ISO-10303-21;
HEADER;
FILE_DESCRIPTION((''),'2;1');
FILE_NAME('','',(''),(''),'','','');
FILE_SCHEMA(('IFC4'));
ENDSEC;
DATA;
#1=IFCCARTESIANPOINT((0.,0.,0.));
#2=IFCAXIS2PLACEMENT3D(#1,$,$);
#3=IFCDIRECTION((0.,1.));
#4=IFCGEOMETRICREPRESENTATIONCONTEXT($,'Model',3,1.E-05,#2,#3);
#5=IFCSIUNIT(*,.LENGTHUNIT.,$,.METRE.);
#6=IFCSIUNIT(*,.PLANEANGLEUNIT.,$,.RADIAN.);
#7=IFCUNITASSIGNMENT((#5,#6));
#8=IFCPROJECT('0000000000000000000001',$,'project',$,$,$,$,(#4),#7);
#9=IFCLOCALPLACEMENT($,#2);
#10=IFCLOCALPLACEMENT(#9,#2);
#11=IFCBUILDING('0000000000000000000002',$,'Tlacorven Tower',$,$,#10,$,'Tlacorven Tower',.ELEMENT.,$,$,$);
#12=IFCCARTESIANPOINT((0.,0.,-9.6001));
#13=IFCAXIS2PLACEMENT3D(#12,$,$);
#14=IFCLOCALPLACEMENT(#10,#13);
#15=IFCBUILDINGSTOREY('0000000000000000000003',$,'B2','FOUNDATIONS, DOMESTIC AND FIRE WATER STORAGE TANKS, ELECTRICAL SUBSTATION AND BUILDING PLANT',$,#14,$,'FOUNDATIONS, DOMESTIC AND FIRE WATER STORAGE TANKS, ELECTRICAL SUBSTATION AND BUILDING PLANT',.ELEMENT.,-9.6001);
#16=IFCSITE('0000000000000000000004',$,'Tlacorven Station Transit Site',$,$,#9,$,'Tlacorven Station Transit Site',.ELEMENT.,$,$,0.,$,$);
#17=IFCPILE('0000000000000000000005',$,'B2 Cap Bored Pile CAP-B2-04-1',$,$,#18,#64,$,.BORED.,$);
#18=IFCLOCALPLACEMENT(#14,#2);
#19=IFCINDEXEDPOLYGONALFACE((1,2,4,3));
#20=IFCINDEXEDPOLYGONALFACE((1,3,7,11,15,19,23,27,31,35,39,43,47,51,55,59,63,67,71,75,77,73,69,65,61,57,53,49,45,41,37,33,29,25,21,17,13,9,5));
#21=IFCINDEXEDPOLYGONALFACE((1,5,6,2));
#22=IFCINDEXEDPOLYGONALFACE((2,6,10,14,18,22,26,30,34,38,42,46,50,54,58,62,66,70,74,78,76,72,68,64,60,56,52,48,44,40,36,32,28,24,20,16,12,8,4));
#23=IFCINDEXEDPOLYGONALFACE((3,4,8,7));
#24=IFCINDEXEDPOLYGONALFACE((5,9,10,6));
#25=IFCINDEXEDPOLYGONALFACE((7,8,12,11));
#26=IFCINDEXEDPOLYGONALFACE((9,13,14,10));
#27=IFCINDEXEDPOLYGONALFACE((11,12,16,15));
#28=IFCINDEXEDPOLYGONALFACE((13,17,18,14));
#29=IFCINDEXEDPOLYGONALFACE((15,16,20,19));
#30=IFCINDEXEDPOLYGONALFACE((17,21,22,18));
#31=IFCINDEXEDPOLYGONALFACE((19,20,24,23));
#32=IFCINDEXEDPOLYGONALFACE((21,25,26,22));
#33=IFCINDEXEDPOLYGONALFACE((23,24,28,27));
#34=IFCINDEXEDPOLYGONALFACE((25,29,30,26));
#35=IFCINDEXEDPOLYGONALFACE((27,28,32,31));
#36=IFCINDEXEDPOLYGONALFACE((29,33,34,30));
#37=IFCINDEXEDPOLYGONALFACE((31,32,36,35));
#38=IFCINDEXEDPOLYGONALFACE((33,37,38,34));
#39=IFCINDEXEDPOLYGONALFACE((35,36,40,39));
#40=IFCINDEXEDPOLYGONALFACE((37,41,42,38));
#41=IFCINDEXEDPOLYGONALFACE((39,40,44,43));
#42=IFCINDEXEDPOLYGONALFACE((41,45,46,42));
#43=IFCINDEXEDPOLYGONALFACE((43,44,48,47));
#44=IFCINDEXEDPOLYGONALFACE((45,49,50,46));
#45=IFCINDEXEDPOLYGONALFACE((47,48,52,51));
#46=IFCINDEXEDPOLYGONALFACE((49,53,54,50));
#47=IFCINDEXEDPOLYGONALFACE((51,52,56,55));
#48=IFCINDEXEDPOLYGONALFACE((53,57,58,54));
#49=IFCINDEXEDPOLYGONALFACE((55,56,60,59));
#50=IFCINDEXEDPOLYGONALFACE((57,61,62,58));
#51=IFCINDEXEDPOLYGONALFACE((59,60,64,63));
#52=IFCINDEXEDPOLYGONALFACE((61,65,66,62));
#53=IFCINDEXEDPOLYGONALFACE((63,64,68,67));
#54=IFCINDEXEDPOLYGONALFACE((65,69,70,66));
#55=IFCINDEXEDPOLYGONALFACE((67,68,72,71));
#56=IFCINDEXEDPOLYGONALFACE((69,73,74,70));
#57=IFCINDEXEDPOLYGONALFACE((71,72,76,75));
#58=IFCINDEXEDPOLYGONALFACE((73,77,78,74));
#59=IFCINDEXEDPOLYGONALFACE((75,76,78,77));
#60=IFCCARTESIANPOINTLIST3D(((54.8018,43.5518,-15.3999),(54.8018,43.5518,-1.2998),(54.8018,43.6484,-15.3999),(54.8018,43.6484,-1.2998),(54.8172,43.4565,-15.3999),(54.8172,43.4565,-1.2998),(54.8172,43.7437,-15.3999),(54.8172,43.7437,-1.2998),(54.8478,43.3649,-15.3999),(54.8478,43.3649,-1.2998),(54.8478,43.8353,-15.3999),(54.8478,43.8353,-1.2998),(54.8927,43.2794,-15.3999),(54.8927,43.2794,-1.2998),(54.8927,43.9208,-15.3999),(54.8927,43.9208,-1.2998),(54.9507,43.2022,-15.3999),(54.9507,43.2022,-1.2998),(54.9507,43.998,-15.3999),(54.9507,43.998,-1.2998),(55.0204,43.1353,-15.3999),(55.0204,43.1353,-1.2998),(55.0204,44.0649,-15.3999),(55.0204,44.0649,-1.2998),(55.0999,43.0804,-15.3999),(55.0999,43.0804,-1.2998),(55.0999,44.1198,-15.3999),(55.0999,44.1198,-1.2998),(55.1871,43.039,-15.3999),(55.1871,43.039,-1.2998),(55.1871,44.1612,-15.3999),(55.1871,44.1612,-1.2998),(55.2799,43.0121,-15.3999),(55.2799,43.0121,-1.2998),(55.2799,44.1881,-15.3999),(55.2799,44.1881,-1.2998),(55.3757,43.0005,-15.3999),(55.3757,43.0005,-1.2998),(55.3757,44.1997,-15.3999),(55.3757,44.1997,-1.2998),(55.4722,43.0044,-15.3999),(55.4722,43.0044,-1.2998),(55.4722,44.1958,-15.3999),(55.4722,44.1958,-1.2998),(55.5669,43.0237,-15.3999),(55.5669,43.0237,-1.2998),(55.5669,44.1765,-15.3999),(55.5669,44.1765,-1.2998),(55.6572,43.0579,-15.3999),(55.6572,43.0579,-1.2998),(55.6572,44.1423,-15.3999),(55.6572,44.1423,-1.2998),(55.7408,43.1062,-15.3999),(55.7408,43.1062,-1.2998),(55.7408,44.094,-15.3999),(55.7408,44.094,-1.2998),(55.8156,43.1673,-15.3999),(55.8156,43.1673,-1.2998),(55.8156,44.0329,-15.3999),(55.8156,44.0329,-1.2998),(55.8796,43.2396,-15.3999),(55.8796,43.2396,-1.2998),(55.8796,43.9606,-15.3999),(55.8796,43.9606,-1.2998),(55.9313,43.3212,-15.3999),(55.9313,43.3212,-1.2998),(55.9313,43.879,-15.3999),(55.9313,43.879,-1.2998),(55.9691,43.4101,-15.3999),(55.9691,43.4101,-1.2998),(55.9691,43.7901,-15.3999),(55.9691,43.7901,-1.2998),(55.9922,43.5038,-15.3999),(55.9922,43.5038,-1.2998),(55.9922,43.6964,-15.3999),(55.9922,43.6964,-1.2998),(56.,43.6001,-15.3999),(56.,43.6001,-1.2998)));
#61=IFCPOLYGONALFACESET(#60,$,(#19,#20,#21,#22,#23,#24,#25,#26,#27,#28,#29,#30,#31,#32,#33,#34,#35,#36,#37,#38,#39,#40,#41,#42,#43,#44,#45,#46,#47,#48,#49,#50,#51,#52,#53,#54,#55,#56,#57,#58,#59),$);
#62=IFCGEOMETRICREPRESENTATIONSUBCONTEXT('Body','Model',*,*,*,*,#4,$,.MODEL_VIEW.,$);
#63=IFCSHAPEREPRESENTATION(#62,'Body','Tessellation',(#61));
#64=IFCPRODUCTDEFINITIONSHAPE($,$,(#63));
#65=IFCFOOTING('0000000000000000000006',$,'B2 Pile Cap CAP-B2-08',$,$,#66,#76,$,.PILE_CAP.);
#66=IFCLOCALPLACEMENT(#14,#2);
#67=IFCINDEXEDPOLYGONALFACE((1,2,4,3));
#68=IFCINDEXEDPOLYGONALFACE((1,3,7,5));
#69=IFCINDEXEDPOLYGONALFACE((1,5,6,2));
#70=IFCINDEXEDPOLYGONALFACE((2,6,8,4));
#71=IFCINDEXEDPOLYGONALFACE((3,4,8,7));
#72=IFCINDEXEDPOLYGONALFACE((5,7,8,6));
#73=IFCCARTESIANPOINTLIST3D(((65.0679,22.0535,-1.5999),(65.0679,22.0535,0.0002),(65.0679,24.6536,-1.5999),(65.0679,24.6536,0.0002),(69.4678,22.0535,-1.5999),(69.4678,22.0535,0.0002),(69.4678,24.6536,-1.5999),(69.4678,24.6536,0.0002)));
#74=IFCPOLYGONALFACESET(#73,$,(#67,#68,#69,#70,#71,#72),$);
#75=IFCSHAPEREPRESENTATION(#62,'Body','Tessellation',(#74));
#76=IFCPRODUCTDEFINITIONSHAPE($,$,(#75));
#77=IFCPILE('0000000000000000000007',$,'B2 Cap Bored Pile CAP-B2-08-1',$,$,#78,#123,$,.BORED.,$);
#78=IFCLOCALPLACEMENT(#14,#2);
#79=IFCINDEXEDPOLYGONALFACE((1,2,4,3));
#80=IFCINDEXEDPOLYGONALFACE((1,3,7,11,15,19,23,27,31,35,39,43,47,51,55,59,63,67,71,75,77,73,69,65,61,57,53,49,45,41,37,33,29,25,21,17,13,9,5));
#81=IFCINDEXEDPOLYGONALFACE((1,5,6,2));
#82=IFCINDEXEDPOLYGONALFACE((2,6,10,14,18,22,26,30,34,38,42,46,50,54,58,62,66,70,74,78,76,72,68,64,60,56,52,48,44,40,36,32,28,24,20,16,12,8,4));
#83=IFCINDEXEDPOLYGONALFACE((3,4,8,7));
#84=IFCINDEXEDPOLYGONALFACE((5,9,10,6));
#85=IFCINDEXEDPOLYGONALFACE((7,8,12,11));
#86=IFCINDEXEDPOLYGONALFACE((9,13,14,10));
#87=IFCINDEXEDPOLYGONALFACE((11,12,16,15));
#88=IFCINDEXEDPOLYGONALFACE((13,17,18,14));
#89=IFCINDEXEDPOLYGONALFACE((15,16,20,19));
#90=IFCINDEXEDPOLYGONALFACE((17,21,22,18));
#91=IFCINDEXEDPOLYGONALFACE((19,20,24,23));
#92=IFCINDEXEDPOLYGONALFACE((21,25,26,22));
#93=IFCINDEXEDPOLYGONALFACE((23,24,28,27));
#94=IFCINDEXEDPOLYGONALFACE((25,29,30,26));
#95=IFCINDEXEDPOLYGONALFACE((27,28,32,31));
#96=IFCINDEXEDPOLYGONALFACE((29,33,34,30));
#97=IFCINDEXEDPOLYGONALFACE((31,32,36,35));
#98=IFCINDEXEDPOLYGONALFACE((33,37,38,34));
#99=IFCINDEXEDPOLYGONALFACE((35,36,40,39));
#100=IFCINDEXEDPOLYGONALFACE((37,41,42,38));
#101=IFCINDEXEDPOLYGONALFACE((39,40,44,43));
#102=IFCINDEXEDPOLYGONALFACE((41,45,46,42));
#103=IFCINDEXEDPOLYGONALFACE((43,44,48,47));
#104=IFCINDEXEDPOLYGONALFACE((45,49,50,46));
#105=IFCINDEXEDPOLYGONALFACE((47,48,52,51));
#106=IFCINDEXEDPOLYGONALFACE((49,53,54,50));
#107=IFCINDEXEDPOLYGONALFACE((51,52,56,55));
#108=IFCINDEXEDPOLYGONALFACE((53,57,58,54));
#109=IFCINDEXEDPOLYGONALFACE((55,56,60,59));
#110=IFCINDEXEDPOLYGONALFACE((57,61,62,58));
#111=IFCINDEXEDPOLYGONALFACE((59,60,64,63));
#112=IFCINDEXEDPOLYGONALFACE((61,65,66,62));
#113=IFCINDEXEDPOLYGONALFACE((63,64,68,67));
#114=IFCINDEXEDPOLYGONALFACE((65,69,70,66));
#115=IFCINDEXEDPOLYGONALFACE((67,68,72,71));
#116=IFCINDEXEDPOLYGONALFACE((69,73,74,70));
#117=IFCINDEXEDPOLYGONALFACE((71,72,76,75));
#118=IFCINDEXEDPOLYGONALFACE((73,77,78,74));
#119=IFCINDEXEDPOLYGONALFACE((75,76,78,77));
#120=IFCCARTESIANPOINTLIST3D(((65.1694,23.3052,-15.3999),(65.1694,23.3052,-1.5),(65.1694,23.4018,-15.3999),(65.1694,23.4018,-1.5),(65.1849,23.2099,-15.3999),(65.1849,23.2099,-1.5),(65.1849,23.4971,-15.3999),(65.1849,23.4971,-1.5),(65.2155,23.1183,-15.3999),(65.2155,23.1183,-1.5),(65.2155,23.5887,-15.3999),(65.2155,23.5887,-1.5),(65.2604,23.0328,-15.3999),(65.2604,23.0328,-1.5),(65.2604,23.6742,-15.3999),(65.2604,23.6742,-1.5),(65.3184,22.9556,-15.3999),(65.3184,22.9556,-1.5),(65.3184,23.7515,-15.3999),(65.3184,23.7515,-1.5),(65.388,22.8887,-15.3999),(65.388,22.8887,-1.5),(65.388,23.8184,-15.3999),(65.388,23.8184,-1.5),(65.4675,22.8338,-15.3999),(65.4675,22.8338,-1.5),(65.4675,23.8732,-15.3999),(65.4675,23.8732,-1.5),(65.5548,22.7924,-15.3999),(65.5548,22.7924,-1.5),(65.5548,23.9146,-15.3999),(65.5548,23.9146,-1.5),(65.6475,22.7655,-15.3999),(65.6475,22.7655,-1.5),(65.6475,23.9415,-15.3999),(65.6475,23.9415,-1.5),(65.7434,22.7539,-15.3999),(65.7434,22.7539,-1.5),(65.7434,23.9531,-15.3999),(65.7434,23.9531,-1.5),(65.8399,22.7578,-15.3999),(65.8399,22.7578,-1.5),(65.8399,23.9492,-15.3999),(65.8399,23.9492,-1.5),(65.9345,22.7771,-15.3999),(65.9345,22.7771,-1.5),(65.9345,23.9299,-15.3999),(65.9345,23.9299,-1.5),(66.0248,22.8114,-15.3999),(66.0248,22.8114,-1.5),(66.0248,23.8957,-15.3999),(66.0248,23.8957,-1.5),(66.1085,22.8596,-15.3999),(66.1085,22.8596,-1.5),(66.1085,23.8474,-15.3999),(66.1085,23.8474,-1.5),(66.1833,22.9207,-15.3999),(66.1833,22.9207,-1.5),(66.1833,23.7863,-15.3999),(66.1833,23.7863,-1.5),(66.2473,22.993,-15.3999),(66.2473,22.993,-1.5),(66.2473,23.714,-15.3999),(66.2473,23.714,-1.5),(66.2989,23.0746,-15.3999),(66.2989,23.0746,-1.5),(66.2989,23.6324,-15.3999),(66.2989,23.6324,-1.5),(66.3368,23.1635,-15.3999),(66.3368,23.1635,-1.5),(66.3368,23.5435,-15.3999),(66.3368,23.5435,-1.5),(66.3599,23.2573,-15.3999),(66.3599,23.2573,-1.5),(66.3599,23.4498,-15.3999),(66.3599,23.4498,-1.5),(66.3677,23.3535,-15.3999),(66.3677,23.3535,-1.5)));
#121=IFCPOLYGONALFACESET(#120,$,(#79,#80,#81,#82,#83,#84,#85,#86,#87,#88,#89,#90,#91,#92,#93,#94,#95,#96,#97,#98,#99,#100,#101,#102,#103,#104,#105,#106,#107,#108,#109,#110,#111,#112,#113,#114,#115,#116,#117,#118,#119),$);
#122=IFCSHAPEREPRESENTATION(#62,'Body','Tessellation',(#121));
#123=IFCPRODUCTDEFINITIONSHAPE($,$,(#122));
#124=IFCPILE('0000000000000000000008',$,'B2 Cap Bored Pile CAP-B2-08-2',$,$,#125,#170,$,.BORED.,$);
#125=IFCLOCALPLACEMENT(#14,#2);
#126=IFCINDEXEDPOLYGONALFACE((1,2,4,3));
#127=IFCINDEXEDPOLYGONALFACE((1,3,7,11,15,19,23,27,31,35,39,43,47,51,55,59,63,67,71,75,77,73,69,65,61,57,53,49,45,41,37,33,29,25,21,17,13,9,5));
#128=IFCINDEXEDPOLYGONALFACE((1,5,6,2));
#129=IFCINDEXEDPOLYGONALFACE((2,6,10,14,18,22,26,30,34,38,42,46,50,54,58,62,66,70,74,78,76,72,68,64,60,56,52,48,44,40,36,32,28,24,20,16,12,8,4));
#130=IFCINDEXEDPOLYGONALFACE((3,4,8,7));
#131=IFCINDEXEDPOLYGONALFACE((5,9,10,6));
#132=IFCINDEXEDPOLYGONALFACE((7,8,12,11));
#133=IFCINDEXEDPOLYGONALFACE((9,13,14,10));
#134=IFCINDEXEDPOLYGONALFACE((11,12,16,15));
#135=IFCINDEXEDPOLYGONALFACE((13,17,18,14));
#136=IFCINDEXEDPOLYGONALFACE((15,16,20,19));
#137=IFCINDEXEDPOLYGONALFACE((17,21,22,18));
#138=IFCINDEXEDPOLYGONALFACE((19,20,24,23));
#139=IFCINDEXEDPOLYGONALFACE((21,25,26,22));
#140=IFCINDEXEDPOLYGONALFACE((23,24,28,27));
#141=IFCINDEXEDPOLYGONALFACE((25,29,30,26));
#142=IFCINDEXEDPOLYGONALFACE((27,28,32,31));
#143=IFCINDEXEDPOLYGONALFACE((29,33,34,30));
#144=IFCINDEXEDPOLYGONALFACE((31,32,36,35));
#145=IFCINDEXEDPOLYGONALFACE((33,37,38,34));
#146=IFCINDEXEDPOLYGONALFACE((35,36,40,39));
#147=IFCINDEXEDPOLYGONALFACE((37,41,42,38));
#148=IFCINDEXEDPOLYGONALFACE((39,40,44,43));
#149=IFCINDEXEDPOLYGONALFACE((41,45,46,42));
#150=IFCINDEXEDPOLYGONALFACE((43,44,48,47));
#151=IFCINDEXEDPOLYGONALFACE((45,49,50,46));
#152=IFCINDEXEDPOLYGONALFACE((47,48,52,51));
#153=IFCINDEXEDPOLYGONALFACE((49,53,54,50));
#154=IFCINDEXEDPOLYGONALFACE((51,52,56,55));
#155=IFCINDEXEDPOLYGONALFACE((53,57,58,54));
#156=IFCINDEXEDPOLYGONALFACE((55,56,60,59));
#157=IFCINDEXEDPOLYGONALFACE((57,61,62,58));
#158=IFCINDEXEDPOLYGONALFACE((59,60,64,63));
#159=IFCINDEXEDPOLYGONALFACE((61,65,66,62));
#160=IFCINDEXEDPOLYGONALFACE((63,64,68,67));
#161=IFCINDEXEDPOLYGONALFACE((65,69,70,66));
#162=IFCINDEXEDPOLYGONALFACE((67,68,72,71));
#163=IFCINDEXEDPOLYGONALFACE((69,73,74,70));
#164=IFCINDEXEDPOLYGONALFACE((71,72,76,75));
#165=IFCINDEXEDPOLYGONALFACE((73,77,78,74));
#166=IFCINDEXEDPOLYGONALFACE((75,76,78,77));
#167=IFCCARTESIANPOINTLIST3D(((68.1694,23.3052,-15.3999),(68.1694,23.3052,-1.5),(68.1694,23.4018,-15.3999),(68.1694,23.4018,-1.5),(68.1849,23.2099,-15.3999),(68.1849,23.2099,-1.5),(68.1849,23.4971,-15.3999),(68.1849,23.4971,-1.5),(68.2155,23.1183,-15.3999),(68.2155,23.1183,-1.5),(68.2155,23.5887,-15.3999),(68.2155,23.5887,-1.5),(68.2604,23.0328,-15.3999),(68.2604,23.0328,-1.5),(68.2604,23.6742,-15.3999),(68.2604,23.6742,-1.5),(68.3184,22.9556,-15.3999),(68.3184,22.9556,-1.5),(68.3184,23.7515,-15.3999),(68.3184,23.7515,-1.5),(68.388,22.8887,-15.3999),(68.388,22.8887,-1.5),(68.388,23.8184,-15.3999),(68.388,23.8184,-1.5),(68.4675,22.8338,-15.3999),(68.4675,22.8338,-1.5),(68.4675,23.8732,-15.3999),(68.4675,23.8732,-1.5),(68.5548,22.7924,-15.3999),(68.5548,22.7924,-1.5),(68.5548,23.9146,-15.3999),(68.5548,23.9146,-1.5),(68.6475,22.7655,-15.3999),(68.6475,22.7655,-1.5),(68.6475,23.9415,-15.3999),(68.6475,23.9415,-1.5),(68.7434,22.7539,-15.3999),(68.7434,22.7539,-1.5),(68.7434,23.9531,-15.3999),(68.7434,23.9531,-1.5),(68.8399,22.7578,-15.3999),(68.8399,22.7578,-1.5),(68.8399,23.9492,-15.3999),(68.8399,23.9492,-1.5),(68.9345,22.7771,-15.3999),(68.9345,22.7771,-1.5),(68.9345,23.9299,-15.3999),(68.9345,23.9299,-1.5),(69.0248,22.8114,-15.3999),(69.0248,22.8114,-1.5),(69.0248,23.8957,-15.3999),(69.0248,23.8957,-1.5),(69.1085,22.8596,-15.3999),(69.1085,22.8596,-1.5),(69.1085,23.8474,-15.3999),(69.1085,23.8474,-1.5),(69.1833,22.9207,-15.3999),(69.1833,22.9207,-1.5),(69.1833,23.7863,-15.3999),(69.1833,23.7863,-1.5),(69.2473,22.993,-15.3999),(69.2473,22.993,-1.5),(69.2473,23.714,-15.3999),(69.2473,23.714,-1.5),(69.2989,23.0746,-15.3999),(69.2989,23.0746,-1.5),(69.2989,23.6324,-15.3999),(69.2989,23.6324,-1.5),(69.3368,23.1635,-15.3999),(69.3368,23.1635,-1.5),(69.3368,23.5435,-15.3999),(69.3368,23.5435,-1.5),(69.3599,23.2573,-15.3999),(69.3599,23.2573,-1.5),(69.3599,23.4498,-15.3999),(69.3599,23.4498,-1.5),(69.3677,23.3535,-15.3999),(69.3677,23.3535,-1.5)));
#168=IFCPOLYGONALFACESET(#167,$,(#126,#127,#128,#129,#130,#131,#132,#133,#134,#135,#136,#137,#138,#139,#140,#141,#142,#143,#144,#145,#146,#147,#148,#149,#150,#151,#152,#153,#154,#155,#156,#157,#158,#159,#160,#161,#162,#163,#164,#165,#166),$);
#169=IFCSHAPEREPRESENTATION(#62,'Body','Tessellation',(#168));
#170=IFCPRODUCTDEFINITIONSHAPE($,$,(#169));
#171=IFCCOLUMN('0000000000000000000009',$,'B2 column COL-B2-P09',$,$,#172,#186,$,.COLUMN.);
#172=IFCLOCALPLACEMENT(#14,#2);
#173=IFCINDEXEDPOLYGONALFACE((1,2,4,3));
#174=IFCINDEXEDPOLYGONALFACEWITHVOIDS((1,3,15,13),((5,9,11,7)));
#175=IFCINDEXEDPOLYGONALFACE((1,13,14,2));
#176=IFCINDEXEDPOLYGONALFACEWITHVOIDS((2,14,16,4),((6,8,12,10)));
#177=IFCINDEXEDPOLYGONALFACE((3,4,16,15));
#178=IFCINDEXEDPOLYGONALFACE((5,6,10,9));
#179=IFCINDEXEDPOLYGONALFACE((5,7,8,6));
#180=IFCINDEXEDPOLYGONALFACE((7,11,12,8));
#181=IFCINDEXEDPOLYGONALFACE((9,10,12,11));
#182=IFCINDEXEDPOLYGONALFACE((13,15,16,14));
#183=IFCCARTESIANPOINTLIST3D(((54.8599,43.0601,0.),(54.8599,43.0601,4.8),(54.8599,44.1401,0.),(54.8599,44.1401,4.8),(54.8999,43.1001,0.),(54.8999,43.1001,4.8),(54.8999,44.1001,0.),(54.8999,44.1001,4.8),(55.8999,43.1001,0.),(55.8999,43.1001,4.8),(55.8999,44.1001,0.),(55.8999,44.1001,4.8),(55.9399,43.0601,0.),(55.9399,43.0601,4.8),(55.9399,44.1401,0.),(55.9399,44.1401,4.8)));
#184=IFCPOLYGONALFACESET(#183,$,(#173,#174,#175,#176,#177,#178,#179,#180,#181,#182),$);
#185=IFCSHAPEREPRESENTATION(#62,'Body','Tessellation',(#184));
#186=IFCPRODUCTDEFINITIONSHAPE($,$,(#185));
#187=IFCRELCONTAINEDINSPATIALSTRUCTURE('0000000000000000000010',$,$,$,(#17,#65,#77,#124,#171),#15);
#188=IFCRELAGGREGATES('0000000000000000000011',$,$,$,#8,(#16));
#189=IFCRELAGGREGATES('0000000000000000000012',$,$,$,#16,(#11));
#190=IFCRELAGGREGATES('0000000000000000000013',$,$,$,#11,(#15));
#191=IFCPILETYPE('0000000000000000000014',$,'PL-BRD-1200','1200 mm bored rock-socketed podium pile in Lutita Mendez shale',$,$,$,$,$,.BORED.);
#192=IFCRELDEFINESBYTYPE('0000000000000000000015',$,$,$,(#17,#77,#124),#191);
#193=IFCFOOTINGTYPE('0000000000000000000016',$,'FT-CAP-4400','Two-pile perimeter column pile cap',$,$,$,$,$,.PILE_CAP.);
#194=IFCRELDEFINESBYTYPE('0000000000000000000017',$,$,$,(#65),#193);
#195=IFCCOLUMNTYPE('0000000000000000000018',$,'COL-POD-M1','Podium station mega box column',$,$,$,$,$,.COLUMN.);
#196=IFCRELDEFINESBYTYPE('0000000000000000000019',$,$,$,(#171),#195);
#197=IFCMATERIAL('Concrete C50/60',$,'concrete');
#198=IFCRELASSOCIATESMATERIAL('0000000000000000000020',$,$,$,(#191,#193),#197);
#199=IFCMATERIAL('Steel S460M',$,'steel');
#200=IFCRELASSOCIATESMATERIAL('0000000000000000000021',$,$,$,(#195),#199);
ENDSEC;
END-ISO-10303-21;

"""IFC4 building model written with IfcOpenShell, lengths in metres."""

from ifc_helpers import new_model, si_unit, direction, frame, origin, origin_2d, place, context, subcontext, project, spatial, rectangle, hollow_rectangle, circle, extrude, source, transform, mapped, material, material_profile, profile_set, type_object, element, save


model = new_model("IFC4")

# Units and contexts
model_context = context("Model", 3, precision=1e-05, world=origin(), true_north=direction((0.0, 1.0)))
body_context = subcontext(model_context, "Body", "Model", "MODEL_VIEW")
ifc_project = project(units=[si_unit("LENGTHUNIT", "METRE"), si_unit("PLANEANGLEUNIT", "RADIAN")], contexts=[model_context])

# Site, building, storey
site_placement = place(None, origin())
site = spatial("IfcSite", under=ifc_project, at=site_placement, Name="Tlacorven Station Transit Site", LongName="Tlacorven Station Transit Site", CompositionType="ELEMENT", RefElevation=0.0)
building_placement = place(site_placement, origin())
building = spatial("IfcBuilding", under=site, at=building_placement, Name="Tlacorven Tower", LongName="Tlacorven Tower", CompositionType="ELEMENT")
storey_placement = place(building_placement, frame((0.0, 0.0, -9.6001)))
storey = spatial("IfcBuildingStorey", under=building, at=storey_placement, Name="B2", Description="FOUNDATIONS, DOMESTIC AND FIRE WATER STORAGE TANKS, ELECTRICAL SUBSTATION AND BUILDING PLANT", LongName="FOUNDATIONS, DOMESTIC AND FIRE WATER STORAGE TANKS, ELECTRICAL SUBSTATION AND BUILDING PLANT", CompositionType="ELEMENT", Elevation=-9.6001)

# Shared definitions
ifc_material_1 = material(Name="Concrete C50/60", Category="concrete")

# Shared definitions
ifc_material_profile_1 = material_profile(ifc_material_1, circle(Radius=0.6001, at=origin_2d()), Name="BORED PILE D1200")
ifc_profile_set_1 = profile_set([ifc_material_profile_1], Name="Concrete C50/60")
pile_type_1 = type_object("IfcPileType", Name="PL-BRD-1200", Description="1200 mm bored rock-socketed podium pile in Lutita Mendez shale", PredefinedType="BORED", material=ifc_profile_set_1)

# Pile
shared_shape_1 = source(origin(), body_context, "Body", "SweptSolid", [
    extrude(circle(Radius=0.6001, at=origin_2d()), origin(), (0.0, 0.0, 1.0), 14.1001),
])
pile_placement = place(storey_placement, frame((55.3999, 43.6001, -1.2998), z_axis=(0.0, 0.0, -1.0), x_axis=(1.0, 0.0, 0.0)))
element("IfcPile", 1, at=pile_placement, inside=storey, type_object=pile_type_1, Name="B2 Cap Bored Pile CAP-B2-04-1", PredefinedType="BORED", context=body_context, shape_type="MappedRepresentation", body=[
    mapped(shared_shape_1, transform((0.0, 0.0, 0.0), scale=1.0)),
])

# Footing
footing_type_1 = type_object("IfcFootingType", Name="FT-CAP-4400", Description="Two-pile perimeter column pile cap", PredefinedType="PILE_CAP", material=ifc_material_1)
shared_shape_2 = source(origin(), body_context, "Body", "SweptSolid", [
    extrude(rectangle(XDim=4.3999, YDim=2.6001, at=origin_2d()), origin(), (0.0, 0.0, 1.0), 1.6001),
])
footing_1_placement = place(storey_placement, frame((67.2678, 23.3535, -1.5999), z_axis=(0.0, 0.0, 1.0), x_axis=(1.0, 0.0, 0.0)))
element("IfcFooting", 2, at=footing_1_placement, inside=storey, type_object=footing_type_1, Name="B2 Pile Cap CAP-B2-08", PredefinedType="PILE_CAP", context=body_context, shape_type="MappedRepresentation", body=[
    mapped(shared_shape_2, transform((0.0, 0.0, 0.0), scale=1.0)),
])

# Piles
shared_shape_3 = source(origin(), body_context, "Body", "SweptSolid", [
    extrude(circle(Radius=0.6001, at=origin_2d()), origin(), (0.0, 0.0, 1.0), 13.8999),
])
for number, where, z_axis, x_axis, name in (
    (3, (65.7676, 23.3535, -1.5), (0.0, 0.0, -1.0), (1.0, 0.0, 0.0), "B2 Cap Bored Pile CAP-B2-08-1"),
    (4, (68.7676, 23.3535, -1.5), (0.0, 0.0, -1.0), (1.0, 0.0, 0.0), "B2 Cap Bored Pile CAP-B2-08-2"),
):
    element("IfcPile", number, at=place(storey_placement, frame(where, z_axis=z_axis, x_axis=x_axis)), inside=storey, type_object=pile_type_1, Name=name, PredefinedType="BORED", context=body_context, shape_type="MappedRepresentation", body=[
        mapped(shared_shape_3, transform((0.0, 0.0, 0.0), scale=1.0)),
    ])

# Column
ifc_material_2 = material(Name="Steel S460M", Category="steel")
ifc_material_profile_2 = material_profile(ifc_material_2, hollow_rectangle(XDim=1.0801, YDim=1.0801, WallThickness=0.04, at=origin_2d()), Name="BOX 1080X1080X40")
ifc_profile_set_2 = profile_set([ifc_material_profile_2], Name="Steel S460M")
column_type_1 = type_object("IfcColumnType", Name="COL-POD-M1", Description="Podium station mega box column", PredefinedType="COLUMN", material=ifc_profile_set_2)
shared_shape_4 = source(origin(), body_context, "Body", "SweptSolid", [
    extrude(hollow_rectangle(XDim=1.0801, YDim=1.0801, WallThickness=0.04, at=origin_2d()), origin(), (0.0, 0.0, 1.0), 4.8),
])
for number, where, z_axis, x_axis, name in (
    (5, (55.3999, 43.6001, 0.0), (0.0, 0.0, 1.0), (1.0, 0.0, 0.0), "B2 column COL-B2-P09"),
):
    element("IfcColumn", number, at=place(storey_placement, frame(where, z_axis=z_axis, x_axis=x_axis)), inside=storey, type_object=column_type_1, Name=name, PredefinedType="COLUMN", context=body_context, shape_type="MappedRepresentation", body=[
        mapped(shared_shape_4, transform((0.0, 0.0, 0.0), scale=1.0)),
    ])

save(model, "model.ifc")
